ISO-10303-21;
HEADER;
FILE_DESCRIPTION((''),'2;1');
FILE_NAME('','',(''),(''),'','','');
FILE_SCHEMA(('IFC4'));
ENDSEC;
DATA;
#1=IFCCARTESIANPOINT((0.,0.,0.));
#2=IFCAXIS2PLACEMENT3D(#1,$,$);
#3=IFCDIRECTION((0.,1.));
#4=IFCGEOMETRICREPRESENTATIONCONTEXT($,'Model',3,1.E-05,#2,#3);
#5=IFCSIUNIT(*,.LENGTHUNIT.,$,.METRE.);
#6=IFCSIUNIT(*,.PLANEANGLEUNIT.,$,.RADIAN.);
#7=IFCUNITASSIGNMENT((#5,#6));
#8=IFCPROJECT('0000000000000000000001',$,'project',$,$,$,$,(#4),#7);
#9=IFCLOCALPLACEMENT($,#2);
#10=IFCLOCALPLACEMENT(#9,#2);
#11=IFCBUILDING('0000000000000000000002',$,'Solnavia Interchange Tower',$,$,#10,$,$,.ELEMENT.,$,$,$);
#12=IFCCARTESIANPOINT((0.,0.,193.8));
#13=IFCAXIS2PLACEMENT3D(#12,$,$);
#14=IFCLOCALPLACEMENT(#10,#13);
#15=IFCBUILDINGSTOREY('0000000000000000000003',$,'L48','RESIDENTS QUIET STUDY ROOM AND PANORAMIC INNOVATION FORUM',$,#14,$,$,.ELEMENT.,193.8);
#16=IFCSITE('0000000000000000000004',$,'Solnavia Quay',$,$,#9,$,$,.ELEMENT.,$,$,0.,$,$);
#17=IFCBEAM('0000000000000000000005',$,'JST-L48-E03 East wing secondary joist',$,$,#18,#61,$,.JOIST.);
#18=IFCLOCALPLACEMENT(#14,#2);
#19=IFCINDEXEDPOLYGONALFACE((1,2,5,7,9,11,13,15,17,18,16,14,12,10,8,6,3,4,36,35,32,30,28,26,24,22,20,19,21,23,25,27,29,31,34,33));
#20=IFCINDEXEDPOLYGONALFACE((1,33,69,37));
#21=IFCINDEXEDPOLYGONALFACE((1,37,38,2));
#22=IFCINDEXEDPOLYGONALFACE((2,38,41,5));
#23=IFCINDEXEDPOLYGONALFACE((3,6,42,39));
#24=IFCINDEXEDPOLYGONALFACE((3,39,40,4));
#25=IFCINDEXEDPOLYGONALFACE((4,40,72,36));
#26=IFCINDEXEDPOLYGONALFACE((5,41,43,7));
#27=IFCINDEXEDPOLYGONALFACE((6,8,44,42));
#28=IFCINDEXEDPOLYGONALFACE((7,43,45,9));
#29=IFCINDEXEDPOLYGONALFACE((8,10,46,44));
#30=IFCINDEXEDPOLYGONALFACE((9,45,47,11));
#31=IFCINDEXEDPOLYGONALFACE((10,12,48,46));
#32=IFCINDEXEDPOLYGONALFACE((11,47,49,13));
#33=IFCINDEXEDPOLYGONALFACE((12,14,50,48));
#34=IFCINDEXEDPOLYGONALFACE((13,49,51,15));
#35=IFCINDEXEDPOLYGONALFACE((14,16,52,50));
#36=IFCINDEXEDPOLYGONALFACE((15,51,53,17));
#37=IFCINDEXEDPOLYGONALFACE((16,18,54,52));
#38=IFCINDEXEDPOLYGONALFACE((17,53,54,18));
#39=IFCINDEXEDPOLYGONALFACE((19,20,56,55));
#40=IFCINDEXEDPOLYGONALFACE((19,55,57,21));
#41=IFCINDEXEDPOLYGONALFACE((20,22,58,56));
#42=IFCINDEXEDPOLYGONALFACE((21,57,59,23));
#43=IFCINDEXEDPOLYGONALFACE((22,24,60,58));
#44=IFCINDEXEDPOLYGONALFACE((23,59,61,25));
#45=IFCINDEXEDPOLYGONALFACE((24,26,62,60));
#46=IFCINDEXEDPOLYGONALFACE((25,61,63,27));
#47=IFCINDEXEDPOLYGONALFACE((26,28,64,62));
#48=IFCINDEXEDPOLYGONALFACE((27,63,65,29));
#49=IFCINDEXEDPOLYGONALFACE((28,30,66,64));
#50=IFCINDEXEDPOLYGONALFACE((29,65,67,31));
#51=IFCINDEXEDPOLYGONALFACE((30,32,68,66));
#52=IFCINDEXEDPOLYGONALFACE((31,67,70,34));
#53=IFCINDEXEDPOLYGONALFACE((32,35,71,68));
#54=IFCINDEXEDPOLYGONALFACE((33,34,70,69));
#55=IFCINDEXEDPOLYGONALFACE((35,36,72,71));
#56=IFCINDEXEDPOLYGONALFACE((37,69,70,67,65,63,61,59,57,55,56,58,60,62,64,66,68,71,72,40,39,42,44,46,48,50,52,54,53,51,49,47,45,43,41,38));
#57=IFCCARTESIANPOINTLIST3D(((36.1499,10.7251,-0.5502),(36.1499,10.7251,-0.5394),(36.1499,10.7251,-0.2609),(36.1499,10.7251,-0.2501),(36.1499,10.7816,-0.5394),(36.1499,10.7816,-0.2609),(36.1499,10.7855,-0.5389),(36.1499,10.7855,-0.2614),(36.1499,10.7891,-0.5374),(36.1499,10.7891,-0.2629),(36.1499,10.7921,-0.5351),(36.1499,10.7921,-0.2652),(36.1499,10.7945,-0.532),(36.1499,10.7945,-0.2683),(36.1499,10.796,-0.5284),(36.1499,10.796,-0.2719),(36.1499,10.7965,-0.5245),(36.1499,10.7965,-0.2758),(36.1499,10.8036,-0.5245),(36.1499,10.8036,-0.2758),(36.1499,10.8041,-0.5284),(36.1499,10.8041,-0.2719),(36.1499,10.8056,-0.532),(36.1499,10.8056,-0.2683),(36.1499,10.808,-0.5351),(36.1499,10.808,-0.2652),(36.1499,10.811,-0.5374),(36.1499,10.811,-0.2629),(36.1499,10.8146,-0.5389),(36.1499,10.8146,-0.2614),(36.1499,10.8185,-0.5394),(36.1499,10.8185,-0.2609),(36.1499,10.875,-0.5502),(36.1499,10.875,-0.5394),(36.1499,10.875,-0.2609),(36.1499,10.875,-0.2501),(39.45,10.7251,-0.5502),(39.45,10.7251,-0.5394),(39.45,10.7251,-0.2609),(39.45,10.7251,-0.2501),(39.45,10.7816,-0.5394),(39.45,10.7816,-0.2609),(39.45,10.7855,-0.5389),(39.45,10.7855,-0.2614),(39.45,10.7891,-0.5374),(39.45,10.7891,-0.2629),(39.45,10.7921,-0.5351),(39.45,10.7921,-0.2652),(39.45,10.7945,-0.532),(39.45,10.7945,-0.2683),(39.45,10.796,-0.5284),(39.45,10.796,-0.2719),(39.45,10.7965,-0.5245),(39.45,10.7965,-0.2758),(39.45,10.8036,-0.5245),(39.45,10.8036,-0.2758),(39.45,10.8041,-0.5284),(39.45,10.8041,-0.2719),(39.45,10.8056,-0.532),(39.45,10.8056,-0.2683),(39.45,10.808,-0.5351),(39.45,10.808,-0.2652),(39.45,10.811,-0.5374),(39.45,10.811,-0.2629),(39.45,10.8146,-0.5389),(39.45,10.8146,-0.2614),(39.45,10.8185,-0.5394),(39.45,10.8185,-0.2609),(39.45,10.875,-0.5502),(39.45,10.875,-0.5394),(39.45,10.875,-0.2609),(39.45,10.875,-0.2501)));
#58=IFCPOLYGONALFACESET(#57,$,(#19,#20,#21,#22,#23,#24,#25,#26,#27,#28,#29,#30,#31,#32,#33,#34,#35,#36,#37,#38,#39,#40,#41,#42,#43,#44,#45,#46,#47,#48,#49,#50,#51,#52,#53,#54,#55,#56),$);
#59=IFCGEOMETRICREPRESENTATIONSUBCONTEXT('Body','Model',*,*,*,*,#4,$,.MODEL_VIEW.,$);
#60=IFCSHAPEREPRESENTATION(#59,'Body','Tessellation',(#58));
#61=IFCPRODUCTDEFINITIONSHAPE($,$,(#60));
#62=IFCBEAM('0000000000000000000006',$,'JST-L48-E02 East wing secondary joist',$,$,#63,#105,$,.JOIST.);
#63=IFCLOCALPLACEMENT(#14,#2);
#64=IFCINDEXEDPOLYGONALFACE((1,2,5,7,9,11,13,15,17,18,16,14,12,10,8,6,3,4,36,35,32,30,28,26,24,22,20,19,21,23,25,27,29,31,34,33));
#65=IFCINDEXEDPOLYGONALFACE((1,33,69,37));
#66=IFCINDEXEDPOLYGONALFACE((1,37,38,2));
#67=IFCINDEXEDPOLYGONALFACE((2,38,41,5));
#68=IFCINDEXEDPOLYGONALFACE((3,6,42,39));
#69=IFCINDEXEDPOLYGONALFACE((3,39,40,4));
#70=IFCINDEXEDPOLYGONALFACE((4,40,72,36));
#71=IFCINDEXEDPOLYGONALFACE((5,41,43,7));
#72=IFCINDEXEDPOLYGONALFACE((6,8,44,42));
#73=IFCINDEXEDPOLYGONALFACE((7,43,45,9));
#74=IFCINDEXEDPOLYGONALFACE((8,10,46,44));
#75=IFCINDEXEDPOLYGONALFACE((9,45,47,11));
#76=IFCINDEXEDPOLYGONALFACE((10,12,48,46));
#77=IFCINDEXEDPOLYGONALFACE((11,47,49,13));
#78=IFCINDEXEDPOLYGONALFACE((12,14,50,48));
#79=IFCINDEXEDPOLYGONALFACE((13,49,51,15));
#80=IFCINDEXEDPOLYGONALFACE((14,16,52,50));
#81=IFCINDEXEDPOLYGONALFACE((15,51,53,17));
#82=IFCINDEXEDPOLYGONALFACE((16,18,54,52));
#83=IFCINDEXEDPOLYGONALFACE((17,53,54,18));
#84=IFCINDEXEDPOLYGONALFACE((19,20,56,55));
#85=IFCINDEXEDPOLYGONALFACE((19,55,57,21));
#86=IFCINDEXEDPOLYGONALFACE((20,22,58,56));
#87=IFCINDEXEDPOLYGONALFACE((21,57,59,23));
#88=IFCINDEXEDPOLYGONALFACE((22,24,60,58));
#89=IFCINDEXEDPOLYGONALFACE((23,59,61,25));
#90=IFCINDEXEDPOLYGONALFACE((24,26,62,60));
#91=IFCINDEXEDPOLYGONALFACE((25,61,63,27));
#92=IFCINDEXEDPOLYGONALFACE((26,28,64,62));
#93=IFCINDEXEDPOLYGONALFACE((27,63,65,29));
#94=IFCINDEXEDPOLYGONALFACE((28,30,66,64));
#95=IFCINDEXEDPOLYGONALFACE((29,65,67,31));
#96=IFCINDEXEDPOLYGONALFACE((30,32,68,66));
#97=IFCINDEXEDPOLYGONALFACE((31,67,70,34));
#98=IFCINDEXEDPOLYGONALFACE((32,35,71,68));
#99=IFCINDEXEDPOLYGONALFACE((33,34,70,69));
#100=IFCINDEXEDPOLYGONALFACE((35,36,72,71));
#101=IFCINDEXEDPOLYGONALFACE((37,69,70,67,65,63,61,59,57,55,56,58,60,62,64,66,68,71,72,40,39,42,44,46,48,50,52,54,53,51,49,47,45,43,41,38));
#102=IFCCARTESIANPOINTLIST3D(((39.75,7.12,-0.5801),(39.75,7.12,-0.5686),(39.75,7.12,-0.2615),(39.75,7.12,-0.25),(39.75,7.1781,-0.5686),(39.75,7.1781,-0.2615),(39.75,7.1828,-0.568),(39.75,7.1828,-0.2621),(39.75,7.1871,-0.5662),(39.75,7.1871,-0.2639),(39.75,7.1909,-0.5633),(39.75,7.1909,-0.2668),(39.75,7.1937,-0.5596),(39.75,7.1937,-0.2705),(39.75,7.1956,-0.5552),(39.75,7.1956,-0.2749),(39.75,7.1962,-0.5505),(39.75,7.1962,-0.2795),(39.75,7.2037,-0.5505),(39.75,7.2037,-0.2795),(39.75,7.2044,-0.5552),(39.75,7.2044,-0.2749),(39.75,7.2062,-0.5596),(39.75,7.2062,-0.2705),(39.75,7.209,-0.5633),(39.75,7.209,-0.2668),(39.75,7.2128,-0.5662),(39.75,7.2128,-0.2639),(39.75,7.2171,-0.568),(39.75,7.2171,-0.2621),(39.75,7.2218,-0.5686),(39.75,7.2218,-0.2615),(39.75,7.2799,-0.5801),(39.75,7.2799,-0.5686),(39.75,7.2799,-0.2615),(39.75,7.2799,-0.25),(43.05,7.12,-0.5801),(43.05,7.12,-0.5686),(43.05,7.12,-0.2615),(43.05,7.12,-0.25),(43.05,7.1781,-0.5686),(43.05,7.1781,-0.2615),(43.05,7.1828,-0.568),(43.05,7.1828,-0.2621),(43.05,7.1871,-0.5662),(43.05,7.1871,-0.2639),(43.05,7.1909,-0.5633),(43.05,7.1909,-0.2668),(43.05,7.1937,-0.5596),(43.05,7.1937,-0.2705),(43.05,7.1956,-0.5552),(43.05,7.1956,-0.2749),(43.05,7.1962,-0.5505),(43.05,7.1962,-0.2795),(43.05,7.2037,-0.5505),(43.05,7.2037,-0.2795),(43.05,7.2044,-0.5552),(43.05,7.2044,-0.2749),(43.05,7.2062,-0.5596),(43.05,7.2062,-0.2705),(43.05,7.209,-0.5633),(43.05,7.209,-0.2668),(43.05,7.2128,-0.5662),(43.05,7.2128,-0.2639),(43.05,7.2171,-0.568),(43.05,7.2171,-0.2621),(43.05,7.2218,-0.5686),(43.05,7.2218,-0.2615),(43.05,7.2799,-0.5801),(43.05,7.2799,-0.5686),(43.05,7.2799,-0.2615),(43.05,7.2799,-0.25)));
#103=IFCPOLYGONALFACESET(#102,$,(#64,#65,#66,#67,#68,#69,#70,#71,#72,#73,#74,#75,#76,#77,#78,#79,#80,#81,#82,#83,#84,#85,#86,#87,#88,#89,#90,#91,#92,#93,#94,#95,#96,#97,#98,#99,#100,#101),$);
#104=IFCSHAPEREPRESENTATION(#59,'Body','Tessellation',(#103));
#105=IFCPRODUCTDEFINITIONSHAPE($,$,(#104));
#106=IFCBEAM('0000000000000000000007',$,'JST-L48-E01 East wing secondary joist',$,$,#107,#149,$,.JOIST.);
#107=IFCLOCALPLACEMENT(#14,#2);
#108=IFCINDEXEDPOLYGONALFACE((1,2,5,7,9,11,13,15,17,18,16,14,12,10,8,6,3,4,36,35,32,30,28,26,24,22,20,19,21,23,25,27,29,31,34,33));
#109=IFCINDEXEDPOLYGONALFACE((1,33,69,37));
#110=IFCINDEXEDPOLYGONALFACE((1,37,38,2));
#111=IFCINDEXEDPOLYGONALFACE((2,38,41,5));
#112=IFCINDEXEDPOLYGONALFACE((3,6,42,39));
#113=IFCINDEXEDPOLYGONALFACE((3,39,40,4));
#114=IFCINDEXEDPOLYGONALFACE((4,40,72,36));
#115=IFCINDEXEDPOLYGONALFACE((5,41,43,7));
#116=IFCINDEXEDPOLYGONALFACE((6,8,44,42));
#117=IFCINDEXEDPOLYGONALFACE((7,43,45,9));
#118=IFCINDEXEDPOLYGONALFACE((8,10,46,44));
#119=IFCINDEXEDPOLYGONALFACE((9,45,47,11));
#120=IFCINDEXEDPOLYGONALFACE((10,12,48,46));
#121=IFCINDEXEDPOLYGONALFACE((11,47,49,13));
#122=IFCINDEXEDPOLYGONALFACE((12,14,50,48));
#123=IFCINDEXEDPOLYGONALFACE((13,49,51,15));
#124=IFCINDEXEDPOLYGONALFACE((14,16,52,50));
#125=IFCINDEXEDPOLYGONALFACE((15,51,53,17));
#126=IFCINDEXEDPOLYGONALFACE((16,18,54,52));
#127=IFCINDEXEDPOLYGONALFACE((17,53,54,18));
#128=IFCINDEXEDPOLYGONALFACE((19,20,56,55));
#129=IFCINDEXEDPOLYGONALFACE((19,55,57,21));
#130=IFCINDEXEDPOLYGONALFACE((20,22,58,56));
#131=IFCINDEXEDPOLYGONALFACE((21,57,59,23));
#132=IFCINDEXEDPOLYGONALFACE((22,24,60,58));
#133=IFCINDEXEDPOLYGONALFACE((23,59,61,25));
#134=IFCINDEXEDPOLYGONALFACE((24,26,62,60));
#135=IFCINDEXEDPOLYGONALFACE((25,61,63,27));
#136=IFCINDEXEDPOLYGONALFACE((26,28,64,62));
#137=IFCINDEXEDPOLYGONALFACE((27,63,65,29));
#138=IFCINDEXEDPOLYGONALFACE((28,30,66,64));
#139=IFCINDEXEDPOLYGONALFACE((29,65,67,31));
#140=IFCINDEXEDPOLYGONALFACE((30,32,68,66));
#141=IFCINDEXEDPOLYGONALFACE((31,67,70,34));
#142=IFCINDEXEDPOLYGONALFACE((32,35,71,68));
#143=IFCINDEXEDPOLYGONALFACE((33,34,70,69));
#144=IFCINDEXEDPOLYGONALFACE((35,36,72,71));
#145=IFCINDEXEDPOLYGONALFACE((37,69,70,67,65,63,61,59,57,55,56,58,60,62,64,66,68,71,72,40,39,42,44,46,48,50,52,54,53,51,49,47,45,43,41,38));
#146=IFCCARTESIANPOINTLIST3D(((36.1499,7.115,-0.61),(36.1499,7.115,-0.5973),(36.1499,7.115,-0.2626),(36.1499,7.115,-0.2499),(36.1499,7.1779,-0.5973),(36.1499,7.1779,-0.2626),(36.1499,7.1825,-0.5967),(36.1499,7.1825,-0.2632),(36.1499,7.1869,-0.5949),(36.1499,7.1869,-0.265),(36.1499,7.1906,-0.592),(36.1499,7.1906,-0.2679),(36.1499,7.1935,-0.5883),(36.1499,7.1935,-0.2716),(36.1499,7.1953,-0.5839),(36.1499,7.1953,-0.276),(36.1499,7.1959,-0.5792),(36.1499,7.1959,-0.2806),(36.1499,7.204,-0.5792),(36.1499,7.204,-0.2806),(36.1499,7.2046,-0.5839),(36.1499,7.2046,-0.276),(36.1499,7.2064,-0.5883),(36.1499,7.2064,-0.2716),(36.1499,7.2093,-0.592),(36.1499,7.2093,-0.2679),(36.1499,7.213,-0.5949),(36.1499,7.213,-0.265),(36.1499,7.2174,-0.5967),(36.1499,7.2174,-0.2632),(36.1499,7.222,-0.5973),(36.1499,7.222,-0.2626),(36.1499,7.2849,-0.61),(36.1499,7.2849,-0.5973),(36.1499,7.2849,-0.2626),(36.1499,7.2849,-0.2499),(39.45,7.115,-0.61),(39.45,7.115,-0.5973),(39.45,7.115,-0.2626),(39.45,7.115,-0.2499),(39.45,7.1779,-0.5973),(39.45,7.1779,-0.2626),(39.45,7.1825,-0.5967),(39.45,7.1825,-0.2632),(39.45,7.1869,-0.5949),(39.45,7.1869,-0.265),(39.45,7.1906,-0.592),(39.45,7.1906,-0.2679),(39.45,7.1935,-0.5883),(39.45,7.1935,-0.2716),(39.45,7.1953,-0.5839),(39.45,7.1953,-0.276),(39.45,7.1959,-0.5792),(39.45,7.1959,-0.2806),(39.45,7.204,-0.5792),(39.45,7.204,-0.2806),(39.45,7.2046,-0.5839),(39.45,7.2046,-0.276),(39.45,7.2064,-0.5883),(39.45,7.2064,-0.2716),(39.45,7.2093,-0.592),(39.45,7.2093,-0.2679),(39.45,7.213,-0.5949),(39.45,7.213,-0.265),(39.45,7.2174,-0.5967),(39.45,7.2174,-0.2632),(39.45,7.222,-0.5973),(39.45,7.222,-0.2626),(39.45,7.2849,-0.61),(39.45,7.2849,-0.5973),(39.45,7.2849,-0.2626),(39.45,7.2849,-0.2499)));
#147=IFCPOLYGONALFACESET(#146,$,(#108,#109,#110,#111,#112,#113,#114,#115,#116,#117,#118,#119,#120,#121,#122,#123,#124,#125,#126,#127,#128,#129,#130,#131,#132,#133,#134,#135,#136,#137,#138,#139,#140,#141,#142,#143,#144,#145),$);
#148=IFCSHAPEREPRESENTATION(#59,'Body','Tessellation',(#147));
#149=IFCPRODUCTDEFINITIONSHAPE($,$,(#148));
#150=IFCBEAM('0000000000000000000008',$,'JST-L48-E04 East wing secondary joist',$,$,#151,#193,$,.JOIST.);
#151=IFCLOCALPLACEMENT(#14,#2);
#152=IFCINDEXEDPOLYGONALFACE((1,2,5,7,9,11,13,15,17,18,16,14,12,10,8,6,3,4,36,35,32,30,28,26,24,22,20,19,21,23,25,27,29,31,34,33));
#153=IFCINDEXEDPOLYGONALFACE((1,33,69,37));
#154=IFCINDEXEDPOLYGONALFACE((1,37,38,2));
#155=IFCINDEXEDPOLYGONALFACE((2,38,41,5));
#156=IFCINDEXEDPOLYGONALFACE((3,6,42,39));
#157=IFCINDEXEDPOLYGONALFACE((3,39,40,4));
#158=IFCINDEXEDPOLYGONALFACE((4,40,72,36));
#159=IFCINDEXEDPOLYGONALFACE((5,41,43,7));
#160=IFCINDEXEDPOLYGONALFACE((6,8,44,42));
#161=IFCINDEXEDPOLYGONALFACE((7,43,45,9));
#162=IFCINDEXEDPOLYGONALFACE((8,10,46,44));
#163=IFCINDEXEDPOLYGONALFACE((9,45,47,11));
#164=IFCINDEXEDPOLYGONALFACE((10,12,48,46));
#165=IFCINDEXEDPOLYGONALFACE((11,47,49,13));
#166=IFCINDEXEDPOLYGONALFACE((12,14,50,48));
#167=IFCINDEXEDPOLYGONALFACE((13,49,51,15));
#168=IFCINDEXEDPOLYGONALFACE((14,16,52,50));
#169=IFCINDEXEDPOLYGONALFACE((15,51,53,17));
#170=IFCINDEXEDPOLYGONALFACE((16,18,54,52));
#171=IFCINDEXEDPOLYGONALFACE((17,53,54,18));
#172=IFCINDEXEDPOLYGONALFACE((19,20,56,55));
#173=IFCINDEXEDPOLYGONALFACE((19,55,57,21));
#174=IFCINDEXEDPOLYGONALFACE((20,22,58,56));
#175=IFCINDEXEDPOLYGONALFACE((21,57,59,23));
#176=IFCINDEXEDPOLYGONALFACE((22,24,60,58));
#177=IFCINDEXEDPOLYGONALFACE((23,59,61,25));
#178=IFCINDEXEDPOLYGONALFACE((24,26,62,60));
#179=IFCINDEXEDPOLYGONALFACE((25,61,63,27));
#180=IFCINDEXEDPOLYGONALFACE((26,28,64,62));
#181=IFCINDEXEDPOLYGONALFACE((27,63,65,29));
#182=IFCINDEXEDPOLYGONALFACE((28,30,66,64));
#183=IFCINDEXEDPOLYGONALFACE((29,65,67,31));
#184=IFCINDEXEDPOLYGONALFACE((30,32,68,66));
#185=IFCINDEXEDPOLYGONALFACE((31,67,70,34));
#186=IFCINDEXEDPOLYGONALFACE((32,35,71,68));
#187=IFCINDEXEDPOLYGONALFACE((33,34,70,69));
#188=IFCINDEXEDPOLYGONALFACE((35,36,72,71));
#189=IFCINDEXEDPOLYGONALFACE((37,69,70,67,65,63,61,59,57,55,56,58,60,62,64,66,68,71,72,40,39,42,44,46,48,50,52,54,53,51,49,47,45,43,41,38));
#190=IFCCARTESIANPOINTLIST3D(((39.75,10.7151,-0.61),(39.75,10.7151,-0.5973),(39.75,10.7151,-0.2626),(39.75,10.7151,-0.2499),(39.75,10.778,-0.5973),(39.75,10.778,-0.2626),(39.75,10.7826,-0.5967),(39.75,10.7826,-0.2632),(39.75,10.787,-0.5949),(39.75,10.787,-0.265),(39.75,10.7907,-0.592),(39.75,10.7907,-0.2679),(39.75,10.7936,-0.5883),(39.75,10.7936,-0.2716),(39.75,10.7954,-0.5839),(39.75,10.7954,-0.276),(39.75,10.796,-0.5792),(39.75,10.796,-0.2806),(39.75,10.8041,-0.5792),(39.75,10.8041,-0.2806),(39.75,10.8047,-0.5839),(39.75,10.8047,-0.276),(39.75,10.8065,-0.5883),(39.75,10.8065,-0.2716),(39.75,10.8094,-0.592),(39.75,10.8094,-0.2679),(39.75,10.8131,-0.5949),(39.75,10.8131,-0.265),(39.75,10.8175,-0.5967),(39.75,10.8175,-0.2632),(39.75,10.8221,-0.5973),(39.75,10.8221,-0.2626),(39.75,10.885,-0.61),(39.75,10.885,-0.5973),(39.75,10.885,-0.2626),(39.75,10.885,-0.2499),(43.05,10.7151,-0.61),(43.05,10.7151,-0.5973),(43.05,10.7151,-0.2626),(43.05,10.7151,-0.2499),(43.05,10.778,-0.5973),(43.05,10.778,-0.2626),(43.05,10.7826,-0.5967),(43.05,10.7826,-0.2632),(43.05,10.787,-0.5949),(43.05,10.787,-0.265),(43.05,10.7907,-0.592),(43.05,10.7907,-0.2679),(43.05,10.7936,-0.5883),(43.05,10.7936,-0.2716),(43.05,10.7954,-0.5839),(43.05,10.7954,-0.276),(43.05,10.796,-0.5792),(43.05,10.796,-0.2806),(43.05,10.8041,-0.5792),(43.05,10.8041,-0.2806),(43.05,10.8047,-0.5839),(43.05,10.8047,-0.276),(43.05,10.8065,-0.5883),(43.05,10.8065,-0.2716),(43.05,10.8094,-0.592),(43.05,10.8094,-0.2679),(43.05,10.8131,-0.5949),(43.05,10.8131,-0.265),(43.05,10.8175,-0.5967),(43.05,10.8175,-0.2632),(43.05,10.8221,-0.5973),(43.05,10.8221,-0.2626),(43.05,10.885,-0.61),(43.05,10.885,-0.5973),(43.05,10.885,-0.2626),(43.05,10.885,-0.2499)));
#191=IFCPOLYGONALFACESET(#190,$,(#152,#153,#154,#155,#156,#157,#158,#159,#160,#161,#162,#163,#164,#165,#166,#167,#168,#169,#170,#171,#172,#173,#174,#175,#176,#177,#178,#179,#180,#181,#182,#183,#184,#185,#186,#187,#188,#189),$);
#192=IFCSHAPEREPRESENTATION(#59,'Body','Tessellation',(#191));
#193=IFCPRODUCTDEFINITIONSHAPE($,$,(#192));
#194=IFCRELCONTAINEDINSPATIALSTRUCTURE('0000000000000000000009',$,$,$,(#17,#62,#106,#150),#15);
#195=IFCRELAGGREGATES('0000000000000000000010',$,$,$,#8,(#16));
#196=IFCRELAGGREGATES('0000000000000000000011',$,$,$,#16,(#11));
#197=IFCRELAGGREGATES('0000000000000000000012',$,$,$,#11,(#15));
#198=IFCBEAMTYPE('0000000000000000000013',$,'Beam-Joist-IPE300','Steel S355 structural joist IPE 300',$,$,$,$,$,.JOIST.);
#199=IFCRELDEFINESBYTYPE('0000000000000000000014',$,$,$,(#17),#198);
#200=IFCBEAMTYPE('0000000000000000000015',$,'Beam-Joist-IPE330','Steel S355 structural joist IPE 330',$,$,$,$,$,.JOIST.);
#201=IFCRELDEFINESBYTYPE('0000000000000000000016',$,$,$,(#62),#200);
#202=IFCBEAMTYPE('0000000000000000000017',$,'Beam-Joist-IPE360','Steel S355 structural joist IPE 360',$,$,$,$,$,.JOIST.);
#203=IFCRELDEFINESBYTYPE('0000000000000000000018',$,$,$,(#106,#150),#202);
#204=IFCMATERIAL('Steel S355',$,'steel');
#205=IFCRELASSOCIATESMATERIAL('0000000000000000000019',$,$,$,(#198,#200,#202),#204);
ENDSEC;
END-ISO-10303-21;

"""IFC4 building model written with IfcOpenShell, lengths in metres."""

from ifc_helpers import new_model, si_unit, direction, frame, origin, origin_2d, place, context, subcontext, project, spatial, i_section, extrude, material, material_profile, profile_set, type_object, element, save


model = new_model("IFC4")

# Units and contexts
model_context = context("Model", 3, precision=1e-05, world=origin(), true_north=direction((0.0, 1.0)))
body_context = subcontext(model_context, "Body", "Model", "MODEL_VIEW")
ifc_project = project(units=[si_unit("LENGTHUNIT", "METRE"), si_unit("PLANEANGLEUNIT", "RADIAN")], contexts=[model_context])

# Site, building, storey
site_placement = place(None, origin())
site = spatial("IfcSite", under=ifc_project, at=site_placement, Name="Solnavia Quay", CompositionType="ELEMENT", RefElevation=0.0)
building_placement = place(site_placement, origin())
building = spatial("IfcBuilding", under=site, at=building_placement, Name="Solnavia Interchange Tower", CompositionType="ELEMENT")
storey_placement = place(building_placement, frame((0.0, 0.0, 193.8)))
storey = spatial("IfcBuildingStorey", under=building, at=storey_placement, Name="L48", Description="RESIDENTS QUIET STUDY ROOM AND PANORAMIC INNOVATION FORUM", CompositionType="ELEMENT", Elevation=193.8)

# Shared definitions
ifc_material_1 = material(Name="Steel S355", Category="steel")

# Beams
ifc_material_profile_1 = material_profile(ifc_material_1, i_section(OverallWidth=0.1499, OverallDepth=0.3, WebThickness=0.0071, FlangeThickness=0.0107, FilletRadius=0.0149, at=origin_2d()), Name="IPE 300")
ifc_profile_set_1 = profile_set([ifc_material_profile_1], Name="Steel S355")
beam_type_1 = type_object("IfcBeamType", Name="Beam-Joist-IPE300", Description="Steel S355 structural joist IPE 300", PredefinedType="JOIST", material=ifc_profile_set_1)
beam_1_placement = place(storey_placement, frame((36.1499, 10.8, -0.4001), z_axis=(1.0, 0.0, 0.0), x_axis=(0.0, 1.0, 0.0)))
element("IfcBeam", 1, at=beam_1_placement, inside=storey, type_object=beam_type_1, Name="JST-L48-E03 East wing secondary joist", PredefinedType="JOIST", context=body_context, shape_type="SweptSolid", body=[
    extrude(i_section(OverallWidth=0.1499, OverallDepth=0.3, WebThickness=0.0071, FlangeThickness=0.0107, FilletRadius=0.0149, at=origin_2d()), origin(), (0.0, 0.0, 1.0), 3.3),
])
ifc_material_profile_2 = material_profile(ifc_material_1, i_section(OverallWidth=0.1599, OverallDepth=0.3301, WebThickness=0.0076, FlangeThickness=0.0115, FilletRadius=0.0181, at=origin_2d()), Name="IPE 330")
ifc_profile_set_2 = profile_set([ifc_material_profile_2], Name="Steel S355")
beam_type_2 = type_object("IfcBeamType", Name="Beam-Joist-IPE330", Description="Steel S355 structural joist IPE 330", PredefinedType="JOIST", material=ifc_profile_set_2)
beam_2_placement = place(storey_placement, frame((39.75, 7.2, -0.415), z_axis=(1.0, 0.0, 0.0), x_axis=(0.0, 1.0, 0.0)))
element("IfcBeam", 2, at=beam_2_placement, inside=storey, type_object=beam_type_2, Name="JST-L48-E02 East wing secondary joist", PredefinedType="JOIST", context=body_context, shape_type="SweptSolid", body=[
    extrude(i_section(OverallWidth=0.1599, OverallDepth=0.3301, WebThickness=0.0076, FlangeThickness=0.0115, FilletRadius=0.0181, at=origin_2d()), origin(), (0.0, 0.0, 1.0), 3.3),
])
ifc_material_profile_3 = material_profile(ifc_material_1, i_section(OverallWidth=0.1699, OverallDepth=0.3601, WebThickness=0.0081, FlangeThickness=0.0127, FilletRadius=0.0181, at=origin_2d()), Name="IPE 360")
ifc_profile_set_3 = profile_set([ifc_material_profile_3], Name="Steel S355")
beam_type_3 = type_object("IfcBeamType", Name="Beam-Joist-IPE360", Description="Steel S355 structural joist IPE 360", PredefinedType="JOIST", material=ifc_profile_set_3)
for number, where, z_axis, x_axis, name in (
    (3, (36.1499, 7.2, -0.4299), (1.0, 0.0, 0.0), (0.0, 1.0, 0.0), "JST-L48-E01 East wing secondary joist"),
    (4, (39.75, 10.8, -0.4299), (1.0, 0.0, 0.0), (0.0, 1.0, 0.0), "JST-L48-E04 East wing secondary joist"),
):
    element("IfcBeam", number, at=place(storey_placement, frame(where, z_axis=z_axis, x_axis=x_axis)), inside=storey, type_object=beam_type_3, Name=name, PredefinedType="JOIST", context=body_context, shape_type="SweptSolid", body=[
        extrude(i_section(OverallWidth=0.1699, OverallDepth=0.3601, WebThickness=0.0081, FlangeThickness=0.0127, FilletRadius=0.0181, at=origin_2d()), origin(), (0.0, 0.0, 1.0), 3.3),
    ])

save(model, "model.ifc")
